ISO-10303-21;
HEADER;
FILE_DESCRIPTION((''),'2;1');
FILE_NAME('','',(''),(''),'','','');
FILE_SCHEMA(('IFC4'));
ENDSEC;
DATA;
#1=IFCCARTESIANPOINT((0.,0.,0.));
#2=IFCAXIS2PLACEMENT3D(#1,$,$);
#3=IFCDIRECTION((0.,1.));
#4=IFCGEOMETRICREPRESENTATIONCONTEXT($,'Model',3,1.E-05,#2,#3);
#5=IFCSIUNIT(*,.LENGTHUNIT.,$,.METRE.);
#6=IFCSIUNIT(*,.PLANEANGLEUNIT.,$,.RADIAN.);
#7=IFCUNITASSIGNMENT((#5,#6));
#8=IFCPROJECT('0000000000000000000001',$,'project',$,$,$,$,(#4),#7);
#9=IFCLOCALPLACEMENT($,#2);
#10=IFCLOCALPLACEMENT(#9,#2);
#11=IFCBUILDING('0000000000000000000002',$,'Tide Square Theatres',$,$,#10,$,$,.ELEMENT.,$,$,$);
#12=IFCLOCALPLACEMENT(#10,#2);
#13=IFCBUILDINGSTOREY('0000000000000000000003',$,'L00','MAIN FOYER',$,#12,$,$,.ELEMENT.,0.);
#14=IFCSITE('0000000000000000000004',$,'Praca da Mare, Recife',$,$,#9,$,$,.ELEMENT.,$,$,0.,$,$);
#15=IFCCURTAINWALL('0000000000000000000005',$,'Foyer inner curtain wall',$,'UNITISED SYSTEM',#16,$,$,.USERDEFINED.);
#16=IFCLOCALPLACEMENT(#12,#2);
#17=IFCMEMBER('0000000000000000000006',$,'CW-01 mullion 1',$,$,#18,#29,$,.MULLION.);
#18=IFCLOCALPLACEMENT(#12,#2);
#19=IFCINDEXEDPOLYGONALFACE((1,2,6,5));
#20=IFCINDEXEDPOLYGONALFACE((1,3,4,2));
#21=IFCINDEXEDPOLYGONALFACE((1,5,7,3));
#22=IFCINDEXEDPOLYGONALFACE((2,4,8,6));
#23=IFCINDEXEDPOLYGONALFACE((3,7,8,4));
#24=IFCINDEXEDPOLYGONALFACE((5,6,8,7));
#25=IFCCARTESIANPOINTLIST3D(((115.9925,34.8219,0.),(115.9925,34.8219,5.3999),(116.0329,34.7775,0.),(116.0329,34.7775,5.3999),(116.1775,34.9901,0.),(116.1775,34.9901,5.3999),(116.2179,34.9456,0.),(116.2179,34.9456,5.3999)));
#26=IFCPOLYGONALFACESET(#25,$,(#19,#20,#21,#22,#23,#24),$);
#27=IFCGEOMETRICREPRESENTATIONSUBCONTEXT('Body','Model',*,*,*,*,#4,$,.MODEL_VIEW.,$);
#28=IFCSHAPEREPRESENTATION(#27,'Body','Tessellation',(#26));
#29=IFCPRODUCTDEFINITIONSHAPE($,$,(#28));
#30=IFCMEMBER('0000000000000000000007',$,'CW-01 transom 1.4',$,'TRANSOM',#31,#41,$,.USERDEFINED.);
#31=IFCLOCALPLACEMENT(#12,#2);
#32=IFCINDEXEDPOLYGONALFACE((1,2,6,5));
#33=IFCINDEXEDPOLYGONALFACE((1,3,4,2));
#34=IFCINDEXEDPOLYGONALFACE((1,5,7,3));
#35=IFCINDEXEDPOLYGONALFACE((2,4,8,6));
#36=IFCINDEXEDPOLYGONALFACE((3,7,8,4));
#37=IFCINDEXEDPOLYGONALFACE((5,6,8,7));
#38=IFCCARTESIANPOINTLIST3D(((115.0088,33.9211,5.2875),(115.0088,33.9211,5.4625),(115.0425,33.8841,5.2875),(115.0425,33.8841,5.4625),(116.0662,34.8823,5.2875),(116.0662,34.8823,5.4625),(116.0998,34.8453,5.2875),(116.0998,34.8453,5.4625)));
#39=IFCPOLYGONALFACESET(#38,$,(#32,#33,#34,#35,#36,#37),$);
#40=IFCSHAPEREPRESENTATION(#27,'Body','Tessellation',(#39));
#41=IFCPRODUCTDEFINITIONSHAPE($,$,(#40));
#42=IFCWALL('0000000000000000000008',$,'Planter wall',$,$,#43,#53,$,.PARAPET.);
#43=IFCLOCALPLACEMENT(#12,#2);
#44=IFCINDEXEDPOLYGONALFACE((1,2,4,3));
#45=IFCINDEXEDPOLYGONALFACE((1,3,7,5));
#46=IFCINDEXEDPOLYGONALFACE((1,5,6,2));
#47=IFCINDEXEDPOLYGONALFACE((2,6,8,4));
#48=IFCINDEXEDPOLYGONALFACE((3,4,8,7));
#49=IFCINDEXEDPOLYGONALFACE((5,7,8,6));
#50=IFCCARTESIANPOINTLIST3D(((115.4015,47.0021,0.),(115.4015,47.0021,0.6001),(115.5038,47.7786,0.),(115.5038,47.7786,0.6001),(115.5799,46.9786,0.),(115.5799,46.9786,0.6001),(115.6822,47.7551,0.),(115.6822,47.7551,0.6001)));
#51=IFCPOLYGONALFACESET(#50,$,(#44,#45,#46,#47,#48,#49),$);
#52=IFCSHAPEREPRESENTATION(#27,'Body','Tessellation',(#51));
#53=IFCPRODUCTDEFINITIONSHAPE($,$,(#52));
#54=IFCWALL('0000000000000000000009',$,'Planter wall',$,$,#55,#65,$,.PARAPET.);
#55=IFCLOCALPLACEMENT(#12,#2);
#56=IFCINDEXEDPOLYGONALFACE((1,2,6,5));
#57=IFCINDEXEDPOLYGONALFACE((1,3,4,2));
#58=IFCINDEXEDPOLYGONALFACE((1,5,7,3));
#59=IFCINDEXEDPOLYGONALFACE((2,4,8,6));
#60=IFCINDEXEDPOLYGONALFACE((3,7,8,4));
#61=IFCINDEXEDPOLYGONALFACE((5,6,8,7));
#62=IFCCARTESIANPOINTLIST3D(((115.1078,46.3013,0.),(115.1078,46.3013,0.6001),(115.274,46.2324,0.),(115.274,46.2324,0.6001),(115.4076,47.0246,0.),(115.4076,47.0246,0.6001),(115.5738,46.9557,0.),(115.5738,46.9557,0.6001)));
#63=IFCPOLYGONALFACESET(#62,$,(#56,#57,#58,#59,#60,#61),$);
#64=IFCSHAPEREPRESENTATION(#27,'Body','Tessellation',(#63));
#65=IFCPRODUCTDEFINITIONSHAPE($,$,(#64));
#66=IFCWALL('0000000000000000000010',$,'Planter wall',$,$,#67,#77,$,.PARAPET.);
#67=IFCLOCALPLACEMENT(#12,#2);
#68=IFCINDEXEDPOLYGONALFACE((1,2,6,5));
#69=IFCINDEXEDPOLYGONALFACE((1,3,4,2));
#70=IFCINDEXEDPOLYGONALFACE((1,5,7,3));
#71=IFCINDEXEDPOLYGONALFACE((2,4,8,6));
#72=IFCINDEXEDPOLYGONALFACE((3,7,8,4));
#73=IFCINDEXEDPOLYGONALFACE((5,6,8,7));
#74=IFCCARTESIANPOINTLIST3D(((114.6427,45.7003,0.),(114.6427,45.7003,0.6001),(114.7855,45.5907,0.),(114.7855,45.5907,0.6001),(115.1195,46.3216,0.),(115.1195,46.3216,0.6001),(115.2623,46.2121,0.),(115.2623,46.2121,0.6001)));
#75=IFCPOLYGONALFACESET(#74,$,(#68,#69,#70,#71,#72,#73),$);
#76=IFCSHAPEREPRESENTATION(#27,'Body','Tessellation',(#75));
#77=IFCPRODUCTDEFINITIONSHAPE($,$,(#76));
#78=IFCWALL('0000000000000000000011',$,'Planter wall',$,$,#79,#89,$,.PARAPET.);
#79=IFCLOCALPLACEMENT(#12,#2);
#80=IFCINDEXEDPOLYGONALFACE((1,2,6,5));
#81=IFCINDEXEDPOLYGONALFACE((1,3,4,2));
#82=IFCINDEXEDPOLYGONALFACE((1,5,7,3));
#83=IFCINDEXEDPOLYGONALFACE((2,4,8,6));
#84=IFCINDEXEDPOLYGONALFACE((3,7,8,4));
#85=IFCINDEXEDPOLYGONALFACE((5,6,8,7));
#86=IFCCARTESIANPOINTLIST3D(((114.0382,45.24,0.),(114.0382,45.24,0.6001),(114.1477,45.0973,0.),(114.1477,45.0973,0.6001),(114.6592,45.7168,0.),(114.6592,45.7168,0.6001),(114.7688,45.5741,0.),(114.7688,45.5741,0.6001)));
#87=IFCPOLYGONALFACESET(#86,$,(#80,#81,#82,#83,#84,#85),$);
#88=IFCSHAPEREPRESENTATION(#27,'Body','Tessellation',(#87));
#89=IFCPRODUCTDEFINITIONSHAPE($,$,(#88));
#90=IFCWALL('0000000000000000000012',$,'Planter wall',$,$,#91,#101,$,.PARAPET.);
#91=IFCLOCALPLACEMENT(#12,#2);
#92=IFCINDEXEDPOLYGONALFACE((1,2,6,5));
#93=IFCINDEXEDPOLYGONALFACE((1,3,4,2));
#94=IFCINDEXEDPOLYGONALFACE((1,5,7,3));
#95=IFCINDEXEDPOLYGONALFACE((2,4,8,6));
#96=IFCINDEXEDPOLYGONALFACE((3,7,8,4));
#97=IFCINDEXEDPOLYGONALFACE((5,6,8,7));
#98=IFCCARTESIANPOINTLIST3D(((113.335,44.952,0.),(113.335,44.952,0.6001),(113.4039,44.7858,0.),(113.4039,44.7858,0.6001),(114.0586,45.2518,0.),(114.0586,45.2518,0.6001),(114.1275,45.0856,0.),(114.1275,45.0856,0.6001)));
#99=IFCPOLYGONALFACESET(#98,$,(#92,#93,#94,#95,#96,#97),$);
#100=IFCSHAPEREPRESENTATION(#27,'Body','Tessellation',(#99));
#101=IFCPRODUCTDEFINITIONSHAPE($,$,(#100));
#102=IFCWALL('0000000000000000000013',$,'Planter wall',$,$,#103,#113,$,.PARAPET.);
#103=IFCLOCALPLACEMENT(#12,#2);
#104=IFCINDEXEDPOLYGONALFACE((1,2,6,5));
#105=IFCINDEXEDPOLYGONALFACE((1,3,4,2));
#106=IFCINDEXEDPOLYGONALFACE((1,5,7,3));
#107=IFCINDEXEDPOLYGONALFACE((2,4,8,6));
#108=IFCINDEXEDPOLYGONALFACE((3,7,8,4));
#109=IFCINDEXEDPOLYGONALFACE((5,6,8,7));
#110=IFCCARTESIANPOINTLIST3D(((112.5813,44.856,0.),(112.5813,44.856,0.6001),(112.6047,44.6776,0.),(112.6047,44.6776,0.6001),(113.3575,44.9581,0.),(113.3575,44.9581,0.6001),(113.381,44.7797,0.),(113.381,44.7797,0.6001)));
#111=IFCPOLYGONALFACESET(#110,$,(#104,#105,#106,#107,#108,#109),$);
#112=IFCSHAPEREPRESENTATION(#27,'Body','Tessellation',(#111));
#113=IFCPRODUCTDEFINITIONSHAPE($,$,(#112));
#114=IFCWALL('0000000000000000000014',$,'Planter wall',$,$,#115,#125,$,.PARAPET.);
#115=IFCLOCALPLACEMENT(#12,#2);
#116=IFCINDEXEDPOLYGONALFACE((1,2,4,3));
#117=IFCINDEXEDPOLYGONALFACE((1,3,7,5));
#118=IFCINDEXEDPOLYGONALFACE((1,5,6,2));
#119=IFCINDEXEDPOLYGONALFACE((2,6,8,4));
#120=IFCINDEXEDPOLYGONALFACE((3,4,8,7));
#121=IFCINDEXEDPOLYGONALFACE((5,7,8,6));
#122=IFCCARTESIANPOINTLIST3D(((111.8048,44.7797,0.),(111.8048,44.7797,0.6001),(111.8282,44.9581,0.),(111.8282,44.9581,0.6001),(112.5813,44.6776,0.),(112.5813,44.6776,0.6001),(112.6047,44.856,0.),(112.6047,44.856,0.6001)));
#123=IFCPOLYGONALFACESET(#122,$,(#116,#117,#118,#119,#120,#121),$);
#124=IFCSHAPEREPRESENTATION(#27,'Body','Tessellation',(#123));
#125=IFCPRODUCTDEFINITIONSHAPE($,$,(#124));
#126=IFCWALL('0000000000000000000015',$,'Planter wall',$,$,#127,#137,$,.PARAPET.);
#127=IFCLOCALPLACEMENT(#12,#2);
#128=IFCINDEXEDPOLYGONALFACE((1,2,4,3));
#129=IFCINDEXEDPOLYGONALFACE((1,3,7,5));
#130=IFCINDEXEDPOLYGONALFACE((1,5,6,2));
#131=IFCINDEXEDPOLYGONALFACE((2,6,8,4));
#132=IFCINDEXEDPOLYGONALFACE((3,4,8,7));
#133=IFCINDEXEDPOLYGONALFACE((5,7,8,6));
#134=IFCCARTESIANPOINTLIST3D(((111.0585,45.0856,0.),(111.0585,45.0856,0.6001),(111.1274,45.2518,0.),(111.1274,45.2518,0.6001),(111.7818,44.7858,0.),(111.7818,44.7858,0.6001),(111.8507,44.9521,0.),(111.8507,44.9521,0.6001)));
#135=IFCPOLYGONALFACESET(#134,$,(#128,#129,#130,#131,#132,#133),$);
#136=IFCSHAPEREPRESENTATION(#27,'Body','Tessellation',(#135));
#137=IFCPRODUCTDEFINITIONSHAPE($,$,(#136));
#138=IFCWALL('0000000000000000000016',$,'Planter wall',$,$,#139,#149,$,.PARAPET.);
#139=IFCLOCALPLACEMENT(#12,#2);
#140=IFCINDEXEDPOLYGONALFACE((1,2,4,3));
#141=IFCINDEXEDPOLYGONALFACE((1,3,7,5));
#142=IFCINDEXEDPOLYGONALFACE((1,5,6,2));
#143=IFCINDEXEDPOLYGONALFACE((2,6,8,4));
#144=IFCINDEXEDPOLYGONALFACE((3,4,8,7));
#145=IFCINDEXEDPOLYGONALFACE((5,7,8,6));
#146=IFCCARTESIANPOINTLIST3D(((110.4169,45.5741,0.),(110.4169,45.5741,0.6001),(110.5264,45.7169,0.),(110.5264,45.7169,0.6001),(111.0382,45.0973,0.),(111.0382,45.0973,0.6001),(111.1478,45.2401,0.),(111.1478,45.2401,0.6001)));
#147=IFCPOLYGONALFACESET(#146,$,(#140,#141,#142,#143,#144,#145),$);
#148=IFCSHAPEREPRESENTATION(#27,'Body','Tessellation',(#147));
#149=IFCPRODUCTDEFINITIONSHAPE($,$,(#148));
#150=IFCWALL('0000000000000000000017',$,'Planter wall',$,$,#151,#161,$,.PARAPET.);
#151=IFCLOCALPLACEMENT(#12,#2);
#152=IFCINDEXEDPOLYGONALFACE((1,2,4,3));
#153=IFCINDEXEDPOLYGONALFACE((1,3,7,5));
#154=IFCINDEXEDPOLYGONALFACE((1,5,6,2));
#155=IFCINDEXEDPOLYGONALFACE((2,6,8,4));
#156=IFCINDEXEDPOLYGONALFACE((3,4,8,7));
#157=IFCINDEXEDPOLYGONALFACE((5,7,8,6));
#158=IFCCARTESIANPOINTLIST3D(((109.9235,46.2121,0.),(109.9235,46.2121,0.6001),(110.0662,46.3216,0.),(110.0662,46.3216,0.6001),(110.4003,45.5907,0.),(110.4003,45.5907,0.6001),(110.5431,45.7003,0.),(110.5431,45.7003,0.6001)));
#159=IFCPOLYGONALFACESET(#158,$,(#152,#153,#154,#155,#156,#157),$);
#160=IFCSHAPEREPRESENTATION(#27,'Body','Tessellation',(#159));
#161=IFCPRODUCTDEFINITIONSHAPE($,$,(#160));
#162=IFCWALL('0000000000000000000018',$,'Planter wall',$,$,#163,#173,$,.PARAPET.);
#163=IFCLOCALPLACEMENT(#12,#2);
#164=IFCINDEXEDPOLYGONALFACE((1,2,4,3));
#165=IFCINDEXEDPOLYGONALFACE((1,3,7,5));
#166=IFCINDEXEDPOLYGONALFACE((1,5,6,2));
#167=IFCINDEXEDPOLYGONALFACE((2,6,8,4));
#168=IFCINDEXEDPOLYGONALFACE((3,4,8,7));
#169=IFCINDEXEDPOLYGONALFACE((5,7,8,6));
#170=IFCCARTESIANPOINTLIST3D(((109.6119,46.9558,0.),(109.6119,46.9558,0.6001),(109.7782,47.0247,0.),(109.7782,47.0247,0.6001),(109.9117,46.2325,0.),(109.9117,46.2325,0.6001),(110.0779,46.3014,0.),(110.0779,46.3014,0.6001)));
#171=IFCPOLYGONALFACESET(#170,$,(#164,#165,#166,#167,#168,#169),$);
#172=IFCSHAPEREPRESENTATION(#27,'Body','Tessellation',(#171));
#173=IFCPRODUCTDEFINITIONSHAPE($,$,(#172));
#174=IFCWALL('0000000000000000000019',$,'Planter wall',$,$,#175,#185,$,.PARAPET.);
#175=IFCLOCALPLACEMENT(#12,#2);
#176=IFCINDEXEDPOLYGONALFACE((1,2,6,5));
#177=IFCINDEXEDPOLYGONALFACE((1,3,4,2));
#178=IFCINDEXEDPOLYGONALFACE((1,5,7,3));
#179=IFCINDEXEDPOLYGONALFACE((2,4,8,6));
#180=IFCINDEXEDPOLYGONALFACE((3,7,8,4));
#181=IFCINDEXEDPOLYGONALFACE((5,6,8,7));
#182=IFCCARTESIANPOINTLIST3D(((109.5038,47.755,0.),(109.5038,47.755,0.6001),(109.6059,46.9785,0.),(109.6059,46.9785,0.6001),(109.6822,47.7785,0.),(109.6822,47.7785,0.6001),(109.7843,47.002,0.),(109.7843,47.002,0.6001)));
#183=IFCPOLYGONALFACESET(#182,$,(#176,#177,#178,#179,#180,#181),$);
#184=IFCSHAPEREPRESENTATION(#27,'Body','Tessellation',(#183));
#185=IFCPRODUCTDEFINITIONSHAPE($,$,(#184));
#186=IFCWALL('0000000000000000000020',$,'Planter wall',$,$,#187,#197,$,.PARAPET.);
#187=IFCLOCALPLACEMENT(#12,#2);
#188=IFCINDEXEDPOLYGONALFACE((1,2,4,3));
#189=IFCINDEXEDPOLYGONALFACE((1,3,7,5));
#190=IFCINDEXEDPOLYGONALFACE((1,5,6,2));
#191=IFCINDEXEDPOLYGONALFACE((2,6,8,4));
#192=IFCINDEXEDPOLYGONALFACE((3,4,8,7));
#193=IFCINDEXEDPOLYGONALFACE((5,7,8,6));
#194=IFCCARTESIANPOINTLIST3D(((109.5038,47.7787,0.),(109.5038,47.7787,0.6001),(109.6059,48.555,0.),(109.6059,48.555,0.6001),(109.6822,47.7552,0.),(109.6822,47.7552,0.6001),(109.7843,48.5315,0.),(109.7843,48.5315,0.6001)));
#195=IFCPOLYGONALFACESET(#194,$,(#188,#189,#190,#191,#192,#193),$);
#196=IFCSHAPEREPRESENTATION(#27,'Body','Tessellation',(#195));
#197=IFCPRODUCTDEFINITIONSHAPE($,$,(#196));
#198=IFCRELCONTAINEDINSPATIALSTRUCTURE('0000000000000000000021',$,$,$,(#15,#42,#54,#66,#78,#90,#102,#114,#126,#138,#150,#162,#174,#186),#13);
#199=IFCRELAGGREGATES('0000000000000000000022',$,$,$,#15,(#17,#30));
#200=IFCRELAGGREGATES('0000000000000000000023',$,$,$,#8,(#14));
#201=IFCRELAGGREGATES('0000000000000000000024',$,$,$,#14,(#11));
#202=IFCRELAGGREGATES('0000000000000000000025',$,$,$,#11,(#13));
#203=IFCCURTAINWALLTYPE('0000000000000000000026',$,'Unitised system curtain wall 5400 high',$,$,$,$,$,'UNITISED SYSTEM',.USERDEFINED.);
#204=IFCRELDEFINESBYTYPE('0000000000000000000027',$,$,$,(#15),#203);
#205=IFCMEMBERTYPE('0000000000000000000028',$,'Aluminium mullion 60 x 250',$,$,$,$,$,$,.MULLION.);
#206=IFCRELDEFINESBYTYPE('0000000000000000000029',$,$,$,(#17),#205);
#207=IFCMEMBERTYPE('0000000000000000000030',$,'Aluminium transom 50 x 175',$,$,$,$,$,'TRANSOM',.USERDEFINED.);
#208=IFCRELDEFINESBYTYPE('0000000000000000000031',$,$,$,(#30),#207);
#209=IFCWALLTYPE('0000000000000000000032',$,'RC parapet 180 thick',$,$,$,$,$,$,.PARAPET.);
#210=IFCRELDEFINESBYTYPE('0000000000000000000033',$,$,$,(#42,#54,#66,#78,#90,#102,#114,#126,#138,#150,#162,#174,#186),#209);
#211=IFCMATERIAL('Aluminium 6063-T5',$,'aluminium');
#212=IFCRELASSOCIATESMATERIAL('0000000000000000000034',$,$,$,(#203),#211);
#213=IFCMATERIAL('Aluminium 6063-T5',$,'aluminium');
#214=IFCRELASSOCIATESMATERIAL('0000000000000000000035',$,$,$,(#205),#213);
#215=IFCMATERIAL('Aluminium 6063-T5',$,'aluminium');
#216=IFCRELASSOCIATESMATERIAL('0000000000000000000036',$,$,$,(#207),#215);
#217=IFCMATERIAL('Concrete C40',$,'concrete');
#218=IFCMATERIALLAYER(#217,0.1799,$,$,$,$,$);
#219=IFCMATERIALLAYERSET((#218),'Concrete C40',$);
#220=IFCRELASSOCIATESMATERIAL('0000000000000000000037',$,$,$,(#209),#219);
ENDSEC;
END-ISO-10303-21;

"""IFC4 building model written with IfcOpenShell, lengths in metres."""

from ifc_helpers import new_model, si_unit, direction, frame, frame_2d, origin, origin_2d, place, context, subcontext, project, spatial, rectangle, extrude, material, layer, layer_set, material_profile, profile_set, type_object, element, aggregate, save


model = new_model("IFC4")

# Units and contexts
model_context = context("Model", 3, precision=1e-05, world=origin(), true_north=direction((0.0, 1.0)))
body_context = subcontext(model_context, "Body", "Model", "MODEL_VIEW")
ifc_project = project(units=[si_unit("LENGTHUNIT", "METRE"), si_unit("PLANEANGLEUNIT", "RADIAN")], contexts=[model_context])

# Site, building, storey
site_placement = place(None, origin())
site = spatial("IfcSite", under=ifc_project, at=site_placement, Name="Praca da Mare, Recife", CompositionType="ELEMENT", RefElevation=0.0)
building_placement = place(site_placement, origin())
building = spatial("IfcBuilding", under=site, at=building_placement, Name="Tide Square Theatres", CompositionType="ELEMENT")
storey_placement = place(building_placement, origin())
storey = spatial("IfcBuildingStorey", under=building, at=storey_placement, Name="L00", Description="MAIN FOYER", CompositionType="ELEMENT", Elevation=0.0)

# Curtain wall, members
ifc_material_1 = material(Name="Aluminium 6063-T5", Category="aluminium")
curtain_wall_type = type_object("IfcCurtainWallType", Name="Unitised system curtain wall 5400 high", ElementType="UNITISED SYSTEM", PredefinedType="USERDEFINED", material=ifc_material_1)
curtain_wall_placement = place(storey_placement, origin())
curtain_wall = element("IfcCurtainWall", 1, at=curtain_wall_placement, inside=storey, type_object=curtain_wall_type, Name="Foyer inner curtain wall", ObjectType="UNITISED SYSTEM", PredefinedType="USERDEFINED")
ifc_material_2 = material(Name="Aluminium 6063-T5", Category="aluminium")
ifc_material_profile_1 = material_profile(ifc_material_2, rectangle(XDim=0.0601, YDim=0.25, at=origin_2d()))
ifc_profile_set_1 = profile_set([ifc_material_profile_1], Name="Aluminium 6063-T5")
member_type_1 = type_object("IfcMemberType", Name="Aluminium mullion 60 x 250", PredefinedType="MULLION", material=ifc_profile_set_1)
member_1_placement = place(storey_placement, frame((116.1052, 34.8838, 0.0), z_axis=(0.0, 0.0, 1.0), x_axis=(0.672527, -0.740073, 0.0)))
member_1 = element("IfcMember", 2, at=member_1_placement, type_object=member_type_1, Name="CW-01 mullion 1", PredefinedType="MULLION", context=body_context, shape_type="SweptSolid", body=[
    extrude(rectangle(XDim=0.0601, YDim=0.25, at=origin_2d()), origin(), (0.0, 0.0, 1.0), 5.3999),
])
ifc_material_3 = material(Name="Aluminium 6063-T5", Category="aluminium")
ifc_material_profile_2 = material_profile(ifc_material_3, rectangle(XDim=0.05, YDim=0.175, at=origin_2d()))
ifc_profile_set_2 = profile_set([ifc_material_profile_2], Name="Aluminium 6063-T5")
member_type_2 = type_object("IfcMemberType", Name="Aluminium transom 50 x 175", ElementType="TRANSOM", PredefinedType="USERDEFINED", material=ifc_profile_set_2)
member_2_placement = place(storey_placement, frame((116.083, 34.8638, 5.375), z_axis=(-0.739963, -0.672647, 0.0), x_axis=(0.672647, -0.739963, 0.0)))
member_2 = element("IfcMember", 3, at=member_2_placement, type_object=member_type_2, Name="CW-01 transom 1.4", ObjectType="TRANSOM", PredefinedType="USERDEFINED", context=body_context, shape_type="SweptSolid", body=[
    extrude(rectangle(XDim=0.05, YDim=0.175, at=origin_2d()), origin(), (0.0, 0.0, 1.0), 1.429),
])
aggregate(curtain_wall, [member_1, member_2])

# Walls
ifc_material_4 = material(Name="Concrete C40", Category="concrete")
ifc_layer = layer(ifc_material_4, 0.1799)
ifc_layer_set = layer_set([ifc_layer], Name="Concrete C40")
wall_type = type_object("IfcWallType", Name="RC parapet 180 thick", PredefinedType="PARAPET", material=ifc_layer_set)
wall_1_placement = place(storey_placement, frame((115.593, 47.7668, 0.0), z_axis=(0.0, 0.0, 1.0), x_axis=(-0.130592, -0.991436, 0.0)))
element("IfcWall", 4, at=wall_1_placement, inside=storey, type_object=wall_type, Name="Planter wall", PredefinedType="PARAPET", context=body_context, shape_type="SweptSolid", body=[
    extrude(rectangle(XDim=0.7832, YDim=0.1799, at=frame_2d((0.3916, 0.0))), origin(), (0.0, 0.0, 1.0), 0.6001),
])
wall_2_placement = place(storey_placement, frame((115.4907, 46.9902, 0.0), z_axis=(0.0, 0.0, 1.0), x_axis=(-0.382866, -0.923804, 0.0)))
element("IfcWall", 5, at=wall_2_placement, inside=storey, type_object=wall_type, Name="Planter wall", PredefinedType="PARAPET", context=body_context, shape_type="SweptSolid", body=[
    extrude(rectangle(XDim=0.783, YDim=0.1799, at=frame_2d((0.3916, 0.0))), origin(), (0.0, 0.0, 1.0), 0.6001),
])
wall_3_placement = place(storey_placement, frame((115.1909, 46.2668, 0.0), z_axis=(0.0, 0.0, 1.0), x_axis=(-0.608791, -0.79333, 0.0)))
element("IfcWall", 6, at=wall_3_placement, inside=storey, type_object=wall_type, Name="Planter wall", PredefinedType="PARAPET", context=body_context, shape_type="SweptSolid", body=[
    extrude(rectangle(XDim=0.7832, YDim=0.1799, at=frame_2d((0.3916, 0.0))), origin(), (0.0, 0.0, 1.0), 0.6001),
])
wall_4_placement = place(storey_placement, frame((114.7141, 45.6455, 0.0), z_axis=(0.0, 0.0, 1.0), x_axis=(-0.793215, -0.608942, 0.0)))
element("IfcWall", 7, at=wall_4_placement, inside=storey, type_object=wall_type, Name="Planter wall", PredefinedType="PARAPET", context=body_context, shape_type="SweptSolid", body=[
    extrude(rectangle(XDim=0.783, YDim=0.1799, at=frame_2d((0.3916, 0.0))), origin(), (0.0, 0.0, 1.0), 0.6001),
])
wall_5_placement = place(storey_placement, frame((114.093, 45.1687, 0.0), z_axis=(0.0, 0.0, 1.0), x_axis=(-0.92385, -0.382756, 0.0)))
element("IfcWall", 8, at=wall_5_placement, inside=storey, type_object=wall_type, Name="Planter wall", PredefinedType="PARAPET", context=body_context, shape_type="SweptSolid", body=[
    extrude(rectangle(XDim=0.7832, YDim=0.1799, at=frame_2d((0.3916, 0.0))), origin(), (0.0, 0.0, 1.0), 0.6001),
])
wall_6_placement = place(storey_placement, frame((113.3694, 44.8689, 0.0), z_axis=(0.0, 0.0, 1.0), x_axis=(-0.991471, -0.130325, 0.0)))
element("IfcWall", 9, at=wall_6_placement, inside=storey, type_object=wall_type, Name="Planter wall", PredefinedType="PARAPET", context=body_context, shape_type="SweptSolid", body=[
    extrude(rectangle(XDim=0.783, YDim=0.1799, at=frame_2d((0.3916, 0.0))), origin(), (0.0, 0.0, 1.0), 0.6001),
])
wall_7_placement = place(storey_placement, frame((112.593, 44.7668, 0.0), z_axis=(0.0, 0.0, 1.0), x_axis=(-0.991477, 0.130285, 0.0)))
element("IfcWall", 10, at=wall_7_placement, inside=storey, type_object=wall_type, Name="Planter wall", PredefinedType="PARAPET", context=body_context, shape_type="SweptSolid", body=[
    extrude(rectangle(XDim=0.7832, YDim=0.1799, at=frame_2d((0.3916, 0.0))), origin(), (0.0, 0.0, 1.0), 0.6001),
])
wall_8_placement = place(storey_placement, frame((111.8164, 44.8689, 0.0), z_axis=(0.0, 0.0, 1.0), x_axis=(-0.923804, 0.382866, 0.0)))
element("IfcWall", 11, at=wall_8_placement, inside=storey, type_object=wall_type, Name="Planter wall", PredefinedType="PARAPET", context=body_context, shape_type="SweptSolid", body=[
    extrude(rectangle(XDim=0.783, YDim=0.1799, at=frame_2d((0.3916, 0.0))), origin(), (0.0, 0.0, 1.0), 0.6001),
])
for number, where, z_axis, x_axis, name in (
    (12, (111.093, 45.1687, 0.0), (0.0, 0.0, 1.0), (-0.79333, 0.608791, 0.0), "Planter wall"),
    (13, (110.4717, 45.6455, 0.0), (0.0, 0.0, 1.0), (-0.608791, 0.79333, 0.0), "Planter wall"),
):
    element("IfcWall", number, at=place(storey_placement, frame(where, z_axis=z_axis, x_axis=x_axis)), inside=storey, type_object=wall_type, Name=name, PredefinedType="PARAPET", context=body_context, shape_type="SweptSolid", body=[
        extrude(rectangle(XDim=0.7832, YDim=0.1799, at=frame_2d((0.3916, 0.0))), origin(), (0.0, 0.0, 1.0), 0.6001),
    ])
wall_9_placement = place(storey_placement, frame((109.9949, 46.2668, 0.0), z_axis=(0.0, 0.0, 1.0), x_axis=(-0.382866, 0.923804, 0.0)))
element("IfcWall", 14, at=wall_9_placement, inside=storey, type_object=wall_type, Name="Planter wall", PredefinedType="PARAPET", context=body_context, shape_type="SweptSolid", body=[
    extrude(rectangle(XDim=0.783, YDim=0.1799, at=frame_2d((0.3916, 0.0))), origin(), (0.0, 0.0, 1.0), 0.6001),
])
wall_10_placement = place(storey_placement, frame((109.6951, 46.9902, 0.0), z_axis=(0.0, 0.0, 1.0), x_axis=(-0.130285, 0.991477, 0.0)))
element("IfcWall", 15, at=wall_10_placement, inside=storey, type_object=wall_type, Name="Planter wall", PredefinedType="PARAPET", context=body_context, shape_type="SweptSolid", body=[
    extrude(rectangle(XDim=0.7832, YDim=0.1799, at=frame_2d((0.3916, 0.0))), origin(), (0.0, 0.0, 1.0), 0.6001),
])
wall_11_placement = place(storey_placement, frame((109.593, 47.7668, 0.0), z_axis=(0.0, 0.0, 1.0), x_axis=(0.130325, 0.991471, 0.0)))
element("IfcWall", 16, at=wall_11_placement, inside=storey, type_object=wall_type, Name="Planter wall", PredefinedType="PARAPET", context=body_context, shape_type="SweptSolid", body=[
    extrude(rectangle(XDim=0.783, YDim=0.1799, at=frame_2d((0.3916, 0.0))), origin(), (0.0, 0.0, 1.0), 0.6001),
])

save(model, "model.ifc")
